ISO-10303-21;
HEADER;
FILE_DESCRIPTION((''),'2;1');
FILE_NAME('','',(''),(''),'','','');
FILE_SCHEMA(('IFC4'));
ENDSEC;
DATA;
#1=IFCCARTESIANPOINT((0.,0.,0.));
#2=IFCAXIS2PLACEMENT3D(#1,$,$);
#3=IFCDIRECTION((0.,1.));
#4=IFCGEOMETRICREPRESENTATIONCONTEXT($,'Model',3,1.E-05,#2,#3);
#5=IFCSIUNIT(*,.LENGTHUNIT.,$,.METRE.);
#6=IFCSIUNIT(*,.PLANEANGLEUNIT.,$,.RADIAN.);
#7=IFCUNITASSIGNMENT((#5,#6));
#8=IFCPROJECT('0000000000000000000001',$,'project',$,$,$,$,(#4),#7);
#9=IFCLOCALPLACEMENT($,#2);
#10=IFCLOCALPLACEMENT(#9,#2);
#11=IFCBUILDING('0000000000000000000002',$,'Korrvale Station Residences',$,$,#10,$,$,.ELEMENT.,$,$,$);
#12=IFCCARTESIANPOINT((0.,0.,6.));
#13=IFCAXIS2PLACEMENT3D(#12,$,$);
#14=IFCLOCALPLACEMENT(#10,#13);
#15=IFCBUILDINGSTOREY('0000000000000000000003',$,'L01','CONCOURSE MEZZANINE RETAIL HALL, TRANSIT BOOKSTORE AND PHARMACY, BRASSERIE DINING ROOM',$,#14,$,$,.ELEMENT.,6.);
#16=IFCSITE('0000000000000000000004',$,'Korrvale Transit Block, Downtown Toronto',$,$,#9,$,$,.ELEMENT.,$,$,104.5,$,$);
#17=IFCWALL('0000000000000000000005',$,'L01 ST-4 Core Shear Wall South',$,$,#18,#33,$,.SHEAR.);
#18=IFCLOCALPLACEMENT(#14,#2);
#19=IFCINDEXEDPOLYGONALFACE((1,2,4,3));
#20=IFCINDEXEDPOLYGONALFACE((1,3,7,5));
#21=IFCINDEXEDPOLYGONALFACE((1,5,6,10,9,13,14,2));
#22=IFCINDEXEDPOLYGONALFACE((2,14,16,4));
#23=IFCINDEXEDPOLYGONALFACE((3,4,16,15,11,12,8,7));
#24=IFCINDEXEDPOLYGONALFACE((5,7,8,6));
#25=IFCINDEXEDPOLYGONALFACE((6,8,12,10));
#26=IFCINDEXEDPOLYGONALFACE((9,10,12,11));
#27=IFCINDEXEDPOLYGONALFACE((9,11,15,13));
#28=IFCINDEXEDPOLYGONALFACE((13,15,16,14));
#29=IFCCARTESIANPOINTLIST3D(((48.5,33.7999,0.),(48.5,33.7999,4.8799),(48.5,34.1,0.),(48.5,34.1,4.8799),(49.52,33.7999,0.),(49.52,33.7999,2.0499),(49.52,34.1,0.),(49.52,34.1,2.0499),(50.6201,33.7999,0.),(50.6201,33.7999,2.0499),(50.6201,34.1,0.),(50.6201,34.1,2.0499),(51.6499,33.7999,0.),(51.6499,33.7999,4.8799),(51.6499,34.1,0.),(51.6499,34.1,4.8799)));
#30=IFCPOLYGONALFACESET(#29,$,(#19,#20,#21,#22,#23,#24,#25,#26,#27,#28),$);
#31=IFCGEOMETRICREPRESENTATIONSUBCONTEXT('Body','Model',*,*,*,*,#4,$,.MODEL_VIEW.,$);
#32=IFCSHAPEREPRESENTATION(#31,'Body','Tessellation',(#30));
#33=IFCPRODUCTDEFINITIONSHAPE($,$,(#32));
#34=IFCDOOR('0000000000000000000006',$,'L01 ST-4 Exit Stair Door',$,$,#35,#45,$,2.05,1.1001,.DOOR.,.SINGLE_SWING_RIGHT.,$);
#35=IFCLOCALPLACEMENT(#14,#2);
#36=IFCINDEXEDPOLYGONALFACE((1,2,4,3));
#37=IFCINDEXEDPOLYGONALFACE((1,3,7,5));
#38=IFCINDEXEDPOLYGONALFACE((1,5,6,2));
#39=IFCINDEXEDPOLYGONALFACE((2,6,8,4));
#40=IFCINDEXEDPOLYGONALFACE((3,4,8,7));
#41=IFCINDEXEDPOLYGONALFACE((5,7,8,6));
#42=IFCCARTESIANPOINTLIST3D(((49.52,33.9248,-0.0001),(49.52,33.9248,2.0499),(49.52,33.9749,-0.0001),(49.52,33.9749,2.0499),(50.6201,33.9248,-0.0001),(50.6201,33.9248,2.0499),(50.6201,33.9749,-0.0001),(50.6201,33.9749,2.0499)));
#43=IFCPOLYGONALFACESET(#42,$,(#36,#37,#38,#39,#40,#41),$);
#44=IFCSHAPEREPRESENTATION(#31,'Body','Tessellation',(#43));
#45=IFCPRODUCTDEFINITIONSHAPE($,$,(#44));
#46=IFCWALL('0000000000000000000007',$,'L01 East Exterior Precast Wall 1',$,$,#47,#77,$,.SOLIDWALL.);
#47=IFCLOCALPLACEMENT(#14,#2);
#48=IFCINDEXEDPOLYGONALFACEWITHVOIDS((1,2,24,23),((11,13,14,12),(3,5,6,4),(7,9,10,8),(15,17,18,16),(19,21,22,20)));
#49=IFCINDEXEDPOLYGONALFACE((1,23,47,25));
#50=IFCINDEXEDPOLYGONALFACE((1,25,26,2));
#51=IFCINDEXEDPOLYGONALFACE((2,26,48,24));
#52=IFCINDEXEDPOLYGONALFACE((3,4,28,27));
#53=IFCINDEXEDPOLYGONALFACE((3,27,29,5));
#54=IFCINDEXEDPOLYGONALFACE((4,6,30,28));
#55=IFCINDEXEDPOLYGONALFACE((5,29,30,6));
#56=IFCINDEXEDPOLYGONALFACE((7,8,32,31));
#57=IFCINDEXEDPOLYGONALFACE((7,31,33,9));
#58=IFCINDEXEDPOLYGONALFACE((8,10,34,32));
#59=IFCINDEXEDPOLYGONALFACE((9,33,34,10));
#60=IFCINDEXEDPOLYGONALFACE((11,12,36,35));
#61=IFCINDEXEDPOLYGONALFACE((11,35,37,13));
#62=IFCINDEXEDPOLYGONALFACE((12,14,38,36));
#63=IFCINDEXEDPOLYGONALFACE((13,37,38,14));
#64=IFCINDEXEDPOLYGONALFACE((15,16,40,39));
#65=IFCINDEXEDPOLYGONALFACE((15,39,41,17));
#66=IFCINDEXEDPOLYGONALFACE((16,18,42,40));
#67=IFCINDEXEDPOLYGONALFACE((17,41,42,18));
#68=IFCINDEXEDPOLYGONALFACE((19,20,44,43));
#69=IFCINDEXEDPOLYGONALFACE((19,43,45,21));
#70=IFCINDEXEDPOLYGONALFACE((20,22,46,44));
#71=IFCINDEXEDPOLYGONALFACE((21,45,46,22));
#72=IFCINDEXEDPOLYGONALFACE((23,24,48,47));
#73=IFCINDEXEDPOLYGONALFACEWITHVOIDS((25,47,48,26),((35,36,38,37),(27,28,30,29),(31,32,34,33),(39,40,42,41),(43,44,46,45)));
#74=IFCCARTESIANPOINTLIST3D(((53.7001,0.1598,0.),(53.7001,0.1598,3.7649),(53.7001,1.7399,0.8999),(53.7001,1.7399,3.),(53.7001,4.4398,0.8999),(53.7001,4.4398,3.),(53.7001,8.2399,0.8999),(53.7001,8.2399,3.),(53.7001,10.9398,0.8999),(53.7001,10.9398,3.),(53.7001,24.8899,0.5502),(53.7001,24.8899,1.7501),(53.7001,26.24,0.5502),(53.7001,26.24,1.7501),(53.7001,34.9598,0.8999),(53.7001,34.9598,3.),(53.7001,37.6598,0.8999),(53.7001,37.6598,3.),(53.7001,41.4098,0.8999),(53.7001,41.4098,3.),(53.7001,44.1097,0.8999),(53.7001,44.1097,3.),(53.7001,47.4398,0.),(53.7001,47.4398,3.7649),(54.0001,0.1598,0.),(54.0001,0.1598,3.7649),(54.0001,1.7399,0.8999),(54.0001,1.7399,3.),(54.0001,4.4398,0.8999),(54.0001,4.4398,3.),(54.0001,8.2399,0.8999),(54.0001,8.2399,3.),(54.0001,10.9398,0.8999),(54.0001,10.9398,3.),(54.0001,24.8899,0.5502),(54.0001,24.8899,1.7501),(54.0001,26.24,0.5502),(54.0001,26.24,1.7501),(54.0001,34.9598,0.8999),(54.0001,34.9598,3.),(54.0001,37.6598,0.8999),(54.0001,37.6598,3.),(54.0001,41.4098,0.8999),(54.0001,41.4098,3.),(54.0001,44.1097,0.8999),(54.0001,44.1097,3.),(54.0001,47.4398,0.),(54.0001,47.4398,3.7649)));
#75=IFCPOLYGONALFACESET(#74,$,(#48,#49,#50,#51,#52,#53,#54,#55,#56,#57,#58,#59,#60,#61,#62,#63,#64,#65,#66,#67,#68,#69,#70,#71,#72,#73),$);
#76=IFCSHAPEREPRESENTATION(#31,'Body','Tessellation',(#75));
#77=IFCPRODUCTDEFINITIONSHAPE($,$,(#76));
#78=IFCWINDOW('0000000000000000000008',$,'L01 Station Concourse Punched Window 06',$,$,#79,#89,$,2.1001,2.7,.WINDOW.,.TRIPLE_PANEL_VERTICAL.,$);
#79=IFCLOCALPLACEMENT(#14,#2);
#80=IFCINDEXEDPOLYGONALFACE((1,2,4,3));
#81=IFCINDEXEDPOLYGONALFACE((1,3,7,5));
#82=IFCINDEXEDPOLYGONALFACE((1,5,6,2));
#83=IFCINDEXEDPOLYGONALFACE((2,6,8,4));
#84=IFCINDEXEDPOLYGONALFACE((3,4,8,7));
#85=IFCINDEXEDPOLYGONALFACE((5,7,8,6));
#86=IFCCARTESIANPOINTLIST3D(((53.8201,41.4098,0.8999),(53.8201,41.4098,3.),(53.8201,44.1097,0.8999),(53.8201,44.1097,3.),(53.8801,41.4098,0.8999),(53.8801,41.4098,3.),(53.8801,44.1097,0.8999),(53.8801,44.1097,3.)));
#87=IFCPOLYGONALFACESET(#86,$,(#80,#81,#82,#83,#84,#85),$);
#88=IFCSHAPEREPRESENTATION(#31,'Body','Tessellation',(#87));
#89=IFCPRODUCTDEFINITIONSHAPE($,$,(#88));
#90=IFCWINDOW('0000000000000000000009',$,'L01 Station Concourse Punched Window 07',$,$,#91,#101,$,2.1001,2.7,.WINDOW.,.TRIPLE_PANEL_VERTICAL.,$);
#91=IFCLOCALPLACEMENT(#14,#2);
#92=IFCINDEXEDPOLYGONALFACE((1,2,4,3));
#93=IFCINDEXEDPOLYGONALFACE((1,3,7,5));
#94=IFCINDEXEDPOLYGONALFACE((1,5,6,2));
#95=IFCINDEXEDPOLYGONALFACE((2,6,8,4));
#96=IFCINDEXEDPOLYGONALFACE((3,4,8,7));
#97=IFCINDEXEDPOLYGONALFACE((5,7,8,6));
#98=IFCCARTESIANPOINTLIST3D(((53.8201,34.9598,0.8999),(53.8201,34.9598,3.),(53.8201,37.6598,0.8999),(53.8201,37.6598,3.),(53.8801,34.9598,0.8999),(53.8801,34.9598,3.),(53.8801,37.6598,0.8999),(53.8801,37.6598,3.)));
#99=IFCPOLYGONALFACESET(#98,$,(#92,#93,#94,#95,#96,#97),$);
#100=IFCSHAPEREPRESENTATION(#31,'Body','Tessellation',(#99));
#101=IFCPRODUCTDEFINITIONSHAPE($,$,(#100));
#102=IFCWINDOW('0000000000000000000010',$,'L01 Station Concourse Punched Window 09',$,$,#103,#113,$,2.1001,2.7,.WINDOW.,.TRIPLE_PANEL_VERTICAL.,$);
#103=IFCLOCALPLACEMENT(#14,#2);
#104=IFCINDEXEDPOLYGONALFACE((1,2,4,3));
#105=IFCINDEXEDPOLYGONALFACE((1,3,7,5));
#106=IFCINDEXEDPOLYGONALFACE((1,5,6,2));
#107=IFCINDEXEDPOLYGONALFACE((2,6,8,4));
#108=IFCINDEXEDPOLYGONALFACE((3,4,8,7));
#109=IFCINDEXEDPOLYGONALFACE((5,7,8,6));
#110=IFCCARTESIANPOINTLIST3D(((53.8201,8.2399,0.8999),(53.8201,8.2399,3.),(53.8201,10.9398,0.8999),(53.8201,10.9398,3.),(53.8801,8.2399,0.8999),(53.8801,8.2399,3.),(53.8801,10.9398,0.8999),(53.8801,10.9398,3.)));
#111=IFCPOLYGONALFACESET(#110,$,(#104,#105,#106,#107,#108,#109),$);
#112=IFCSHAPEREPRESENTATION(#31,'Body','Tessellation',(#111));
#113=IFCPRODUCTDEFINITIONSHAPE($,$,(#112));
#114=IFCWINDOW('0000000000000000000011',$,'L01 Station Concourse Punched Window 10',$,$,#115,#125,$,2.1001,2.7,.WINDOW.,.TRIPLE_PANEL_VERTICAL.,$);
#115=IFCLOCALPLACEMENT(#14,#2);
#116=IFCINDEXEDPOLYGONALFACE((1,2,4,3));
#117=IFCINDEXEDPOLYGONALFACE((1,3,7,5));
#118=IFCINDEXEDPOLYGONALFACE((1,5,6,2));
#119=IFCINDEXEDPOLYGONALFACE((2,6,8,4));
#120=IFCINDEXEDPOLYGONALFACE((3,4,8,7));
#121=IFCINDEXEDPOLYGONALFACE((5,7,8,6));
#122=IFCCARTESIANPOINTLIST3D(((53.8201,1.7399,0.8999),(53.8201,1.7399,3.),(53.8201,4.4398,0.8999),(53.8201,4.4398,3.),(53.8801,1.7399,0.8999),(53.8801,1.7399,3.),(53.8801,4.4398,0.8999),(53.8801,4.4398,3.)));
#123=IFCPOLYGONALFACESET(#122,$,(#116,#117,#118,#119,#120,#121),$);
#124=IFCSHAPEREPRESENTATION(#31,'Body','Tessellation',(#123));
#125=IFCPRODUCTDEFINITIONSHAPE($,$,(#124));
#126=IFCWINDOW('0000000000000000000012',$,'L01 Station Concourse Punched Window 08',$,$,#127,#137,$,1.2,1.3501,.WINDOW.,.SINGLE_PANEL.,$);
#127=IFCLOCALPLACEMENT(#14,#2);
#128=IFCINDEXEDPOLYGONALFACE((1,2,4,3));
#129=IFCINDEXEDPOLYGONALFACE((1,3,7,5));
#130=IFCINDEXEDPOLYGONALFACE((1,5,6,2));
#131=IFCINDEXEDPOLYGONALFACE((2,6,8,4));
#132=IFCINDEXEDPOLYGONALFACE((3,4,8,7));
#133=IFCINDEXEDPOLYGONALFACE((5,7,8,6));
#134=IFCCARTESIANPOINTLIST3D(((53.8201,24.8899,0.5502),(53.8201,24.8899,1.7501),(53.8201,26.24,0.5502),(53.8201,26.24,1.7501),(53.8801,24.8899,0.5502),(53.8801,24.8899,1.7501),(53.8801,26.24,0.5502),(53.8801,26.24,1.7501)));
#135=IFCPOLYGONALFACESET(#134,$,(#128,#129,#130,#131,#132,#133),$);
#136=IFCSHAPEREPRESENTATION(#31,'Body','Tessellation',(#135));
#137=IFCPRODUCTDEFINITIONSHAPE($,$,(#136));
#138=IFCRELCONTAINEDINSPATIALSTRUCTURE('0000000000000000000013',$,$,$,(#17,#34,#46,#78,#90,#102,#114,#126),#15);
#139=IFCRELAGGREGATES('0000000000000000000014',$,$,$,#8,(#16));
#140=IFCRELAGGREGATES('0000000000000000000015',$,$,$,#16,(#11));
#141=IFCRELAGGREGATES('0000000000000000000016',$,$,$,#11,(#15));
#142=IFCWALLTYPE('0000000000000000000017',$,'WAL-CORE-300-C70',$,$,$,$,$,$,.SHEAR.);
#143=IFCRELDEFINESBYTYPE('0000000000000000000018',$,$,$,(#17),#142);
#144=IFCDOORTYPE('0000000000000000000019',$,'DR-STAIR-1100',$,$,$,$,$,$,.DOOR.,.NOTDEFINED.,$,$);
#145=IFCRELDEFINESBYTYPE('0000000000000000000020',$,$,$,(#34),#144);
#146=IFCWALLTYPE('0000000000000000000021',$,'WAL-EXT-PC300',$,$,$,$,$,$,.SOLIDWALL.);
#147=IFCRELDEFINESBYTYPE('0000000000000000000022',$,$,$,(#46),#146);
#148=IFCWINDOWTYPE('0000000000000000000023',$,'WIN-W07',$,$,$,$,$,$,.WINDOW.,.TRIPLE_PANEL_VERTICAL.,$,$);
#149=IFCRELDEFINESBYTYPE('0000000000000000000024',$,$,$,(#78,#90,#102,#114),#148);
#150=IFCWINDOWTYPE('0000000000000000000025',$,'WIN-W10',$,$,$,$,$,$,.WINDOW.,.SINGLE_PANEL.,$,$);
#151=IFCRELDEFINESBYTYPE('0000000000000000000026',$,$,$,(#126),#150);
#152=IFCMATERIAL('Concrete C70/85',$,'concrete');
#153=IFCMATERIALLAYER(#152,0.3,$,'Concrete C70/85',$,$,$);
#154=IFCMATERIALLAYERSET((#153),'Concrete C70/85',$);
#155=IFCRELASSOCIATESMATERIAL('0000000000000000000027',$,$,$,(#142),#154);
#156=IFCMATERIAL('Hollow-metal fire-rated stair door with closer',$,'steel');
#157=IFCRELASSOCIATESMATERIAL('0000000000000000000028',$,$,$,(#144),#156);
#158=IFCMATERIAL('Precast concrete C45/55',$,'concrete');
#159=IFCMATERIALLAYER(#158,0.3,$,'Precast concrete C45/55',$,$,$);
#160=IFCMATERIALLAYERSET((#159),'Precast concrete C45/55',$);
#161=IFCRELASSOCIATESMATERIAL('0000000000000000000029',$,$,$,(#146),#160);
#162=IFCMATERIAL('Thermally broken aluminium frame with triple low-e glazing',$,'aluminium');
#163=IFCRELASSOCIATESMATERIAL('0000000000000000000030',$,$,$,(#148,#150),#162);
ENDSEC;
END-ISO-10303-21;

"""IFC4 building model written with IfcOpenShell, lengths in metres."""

from ifc_helpers import new_model, si_unit, direction, frame, frame_2d, origin, place, context, subcontext, project, spatial, rectangle, extrude, material, layer, layer_set, type_object, element, fill, save


model = new_model("IFC4")

# Units and contexts
model_context = context("Model", 3, precision=1e-05, world=origin(), true_north=direction((0.0, 1.0)))
body_context = subcontext(model_context, "Body", "Model", "MODEL_VIEW")
ifc_project = project(units=[si_unit("LENGTHUNIT", "METRE"), si_unit("PLANEANGLEUNIT", "RADIAN")], contexts=[model_context])

# Site, building, storey
site_placement = place(None, origin())
site = spatial("IfcSite", under=ifc_project, at=site_placement, Name="Korrvale Transit Block, Downtown Toronto", CompositionType="ELEMENT", RefElevation=104.5)
building_placement = place(site_placement, origin())
building = spatial("IfcBuilding", under=site, at=building_placement, Name="Korrvale Station Residences", CompositionType="ELEMENT")
storey_placement = place(building_placement, frame((0.0, 0.0, 6.0)))
storey = spatial("IfcBuildingStorey", under=building, at=storey_placement, Name="L01", Description="CONCOURSE MEZZANINE RETAIL HALL, TRANSIT BOOKSTORE AND PHARMACY, BRASSERIE DINING ROOM", CompositionType="ELEMENT", Elevation=6.0)

# Shared definitions
ifc_material_1 = material(Name="Concrete C70/85", Category="concrete")

# Shared definitions
ifc_layer_1 = layer(ifc_material_1, 0.3, Name="Concrete C70/85")
ifc_layer_set_1 = layer_set([ifc_layer_1], Name="Concrete C70/85")
wall_type_1 = type_object("IfcWallType", Name="WAL-CORE-300-C70", PredefinedType="SHEAR", material=ifc_layer_set_1)

# Wall, opening, door
wall_1_placement = place(storey_placement, frame((48.5, 33.95, 0.0), z_axis=(0.0, 0.0, 1.0), x_axis=(1.0, 0.0, 0.0)))
wall_1 = element("IfcWall", 1, at=wall_1_placement, inside=storey, type_object=wall_type_1, Name="L01 ST-4 Core Shear Wall South", PredefinedType="SHEAR", context=body_context, shape_type="SweptSolid", body=[
    extrude(rectangle(XDim=3.1499, YDim=0.3, at=frame_2d((1.575, 0.0))), origin(), (0.0, 0.0, 1.0), 4.8799),
])
opening_1_placement = place(wall_1_placement, frame((1.02, 0.0, 0.0)))
opening_1 = element("IfcOpeningElement", 2, at=opening_1_placement, cuts=wall_1, PredefinedType="OPENING", context=body_context, shape_type="SweptSolid", body=[
    extrude(rectangle(XDim=1.1001, YDim=2.05, at=frame_2d((0.55, 1.0249))), frame((0.0, 0.1602, 0.0), z_axis=(0.0, -1.0, 0.0), x_axis=(1.0, 0.0, 0.0)), (0.0, 0.0, 1.0), 0.3201),
])
ifc_material_2 = material(Name="Hollow-metal fire-rated stair door with closer", Category="steel")
door_type = type_object("IfcDoorType", Name="DR-STAIR-1100", OperationType="NOTDEFINED", PredefinedType="DOOR", material=ifc_material_2)
door_placement = place(opening_1_placement, origin())
door = element("IfcDoor", 3, at=door_placement, inside=storey, type_object=door_type, Name="L01 ST-4 Exit Stair Door", OperationType="SINGLE_SWING_RIGHT", OverallHeight=2.05, OverallWidth=1.1001, PredefinedType="DOOR", context=body_context, shape_type="SweptSolid", body=[
    extrude(rectangle(XDim=1.1001, YDim=2.05, at=frame_2d((0.55, 1.0249))), frame((0.0, 0.0249, 0.0), z_axis=(0.0, -1.0, 0.0), x_axis=(1.0, 0.0, 0.0)), (0.0, 0.0, 1.0), 0.05),
])
fill(opening_1, door)

# Wall, openings, windows
ifc_material_3 = material(Name="Precast concrete C45/55", Category="concrete")
ifc_layer_2 = layer(ifc_material_3, 0.3, Name="Precast concrete C45/55")
ifc_layer_set_2 = layer_set([ifc_layer_2], Name="Precast concrete C45/55")
wall_type_2 = type_object("IfcWallType", Name="WAL-EXT-PC300", PredefinedType="SOLIDWALL", material=ifc_layer_set_2)
wall_2_placement = place(storey_placement, frame((53.8501, 47.4399, 0.0), z_axis=(0.0, 0.0, 1.0), x_axis=(0.0, -1.0, 0.0)))
wall_2 = element("IfcWall", 4, at=wall_2_placement, inside=storey, type_object=wall_type_2, Name="L01 East Exterior Precast Wall 1", PredefinedType="SOLIDWALL", context=body_context, shape_type="SweptSolid", body=[
    extrude(rectangle(XDim=47.28, YDim=0.3, at=frame_2d((23.6401, 0.0))), origin(), (0.0, 0.0, 1.0), 3.7649),
])
opening_2_placement = place(wall_2_placement, frame((3.3301, 0.0, 0.8999)))
opening_2 = element("IfcOpeningElement", 5, at=opening_2_placement, cuts=wall_2, PredefinedType="OPENING", context=body_context, shape_type="SweptSolid", body=[
    extrude(rectangle(XDim=2.7, YDim=2.1001, at=frame_2d((1.3501, 1.05))), frame((0.0, 0.1602, 0.0), z_axis=(0.0, -1.0, 0.0), x_axis=(1.0, 0.0, 0.0)), (0.0, 0.0, 1.0), 0.3201),
])
opening_3_placement = place(wall_2_placement, frame((9.78, 0.0, 0.8999)))
opening_3 = element("IfcOpeningElement", 6, at=opening_3_placement, cuts=wall_2, PredefinedType="OPENING", context=body_context, shape_type="SweptSolid", body=[
    extrude(rectangle(XDim=2.7, YDim=2.1001, at=frame_2d((1.3501, 1.05))), frame((0.0, 0.1602, 0.0), z_axis=(0.0, -1.0, 0.0), x_axis=(1.0, 0.0, 0.0)), (0.0, 0.0, 1.0), 0.3201),
])
opening_4_placement = place(wall_2_placement, frame((21.2, 0.0, 0.55)))
opening_4 = element("IfcOpeningElement", 7, at=opening_4_placement, cuts=wall_2, PredefinedType="OPENING", context=body_context, shape_type="SweptSolid", body=[
    extrude(rectangle(XDim=1.3501, YDim=1.2, at=frame_2d((0.675, 0.6001))), frame((0.0, 0.1602, 0.0), z_axis=(0.0, -1.0, 0.0), x_axis=(1.0, 0.0, 0.0)), (0.0, 0.0, 1.0), 0.3201),
])
opening_5_placement = place(wall_2_placement, frame((36.5, 0.0, 0.8999)))
opening_5 = element("IfcOpeningElement", 8, at=opening_5_placement, cuts=wall_2, PredefinedType="OPENING", context=body_context, shape_type="SweptSolid", body=[
    extrude(rectangle(XDim=2.7, YDim=2.1001, at=frame_2d((1.3501, 1.05))), frame((0.0, 0.1602, 0.0), z_axis=(0.0, -1.0, 0.0), x_axis=(1.0, 0.0, 0.0)), (0.0, 0.0, 1.0), 0.3201),
])
opening_6_placement = place(wall_2_placement, frame((43.0, 0.0, 0.8999)))
opening_6 = element("IfcOpeningElement", 9, at=opening_6_placement, cuts=wall_2, PredefinedType="OPENING", context=body_context, shape_type="SweptSolid", body=[
    extrude(rectangle(XDim=2.7, YDim=2.1001, at=frame_2d((1.3501, 1.05))), frame((0.0, 0.1602, 0.0), z_axis=(0.0, -1.0, 0.0), x_axis=(1.0, 0.0, 0.0)), (0.0, 0.0, 1.0), 0.3201),
])
ifc_material_4 = material(Name="Thermally broken aluminium frame with triple low-e glazing", Category="aluminium")
window_type_1 = type_object("IfcWindowType", Name="WIN-W07", PartitioningType="TRIPLE_PANEL_VERTICAL", PredefinedType="WINDOW", material=ifc_material_4)
window_1_placement = place(opening_2_placement, origin())
window_1 = element("IfcWindow", 10, at=window_1_placement, inside=storey, type_object=window_type_1, Name="L01 Station Concourse Punched Window 06", OverallHeight=2.1001, OverallWidth=2.7, PartitioningType="TRIPLE_PANEL_VERTICAL", PredefinedType="WINDOW", context=body_context, shape_type="SweptSolid", body=[
    extrude(rectangle(XDim=2.7, YDim=2.1001, at=frame_2d((1.3501, 1.05))), frame((0.0, 0.03, 0.0), z_axis=(0.0, -1.0, 0.0), x_axis=(1.0, 0.0, 0.0)), (0.0, 0.0, 1.0), 0.0601),
])
fill(opening_2, window_1)
window_2_placement = place(opening_3_placement, origin())
window_2 = element("IfcWindow", 11, at=window_2_placement, inside=storey, type_object=window_type_1, Name="L01 Station Concourse Punched Window 07", OverallHeight=2.1001, OverallWidth=2.7, PartitioningType="TRIPLE_PANEL_VERTICAL", PredefinedType="WINDOW", context=body_context, shape_type="SweptSolid", body=[
    extrude(rectangle(XDim=2.7, YDim=2.1001, at=frame_2d((1.3501, 1.05))), frame((0.0, 0.03, 0.0), z_axis=(0.0, -1.0, 0.0), x_axis=(1.0, 0.0, 0.0)), (0.0, 0.0, 1.0), 0.0601),
])
fill(opening_3, window_2)
window_3_placement = place(opening_5_placement, origin())
window_3 = element("IfcWindow", 12, at=window_3_placement, inside=storey, type_object=window_type_1, Name="L01 Station Concourse Punched Window 09", OverallHeight=2.1001, OverallWidth=2.7, PartitioningType="TRIPLE_PANEL_VERTICAL", PredefinedType="WINDOW", context=body_context, shape_type="SweptSolid", body=[
    extrude(rectangle(XDim=2.7, YDim=2.1001, at=frame_2d((1.3501, 1.05))), frame((0.0, 0.03, 0.0), z_axis=(0.0, -1.0, 0.0), x_axis=(1.0, 0.0, 0.0)), (0.0, 0.0, 1.0), 0.0601),
])
fill(opening_5, window_3)
window_4_placement = place(opening_6_placement, origin())
window_4 = element("IfcWindow", 13, at=window_4_placement, inside=storey, type_object=window_type_1, Name="L01 Station Concourse Punched Window 10", OverallHeight=2.1001, OverallWidth=2.7, PartitioningType="TRIPLE_PANEL_VERTICAL", PredefinedType="WINDOW", context=body_context, shape_type="SweptSolid", body=[
    extrude(rectangle(XDim=2.7, YDim=2.1001, at=frame_2d((1.3501, 1.05))), frame((0.0, 0.03, 0.0), z_axis=(0.0, -1.0, 0.0), x_axis=(1.0, 0.0, 0.0)), (0.0, 0.0, 1.0), 0.0601),
])
fill(opening_6, window_4)
window_type_2 = type_object("IfcWindowType", Name="WIN-W10", PartitioningType="SINGLE_PANEL", PredefinedType="WINDOW", material=ifc_material_4)
window_5_placement = place(opening_4_placement, origin())
window_5 = element("IfcWindow", 14, at=window_5_placement, inside=storey, type_object=window_type_2, Name="L01 Station Concourse Punched Window 08", OverallHeight=1.2, OverallWidth=1.3501, PartitioningType="SINGLE_PANEL", PredefinedType="WINDOW", context=body_context, shape_type="SweptSolid", body=[
    extrude(rectangle(XDim=1.3501, YDim=1.2, at=frame_2d((0.675, 0.6001))), frame((0.0, 0.03, 0.0), z_axis=(0.0, -1.0, 0.0), x_axis=(1.0, 0.0, 0.0)), (0.0, 0.0, 1.0), 0.0601),
])
fill(opening_4, window_5)

save(model, "model.ifc")
